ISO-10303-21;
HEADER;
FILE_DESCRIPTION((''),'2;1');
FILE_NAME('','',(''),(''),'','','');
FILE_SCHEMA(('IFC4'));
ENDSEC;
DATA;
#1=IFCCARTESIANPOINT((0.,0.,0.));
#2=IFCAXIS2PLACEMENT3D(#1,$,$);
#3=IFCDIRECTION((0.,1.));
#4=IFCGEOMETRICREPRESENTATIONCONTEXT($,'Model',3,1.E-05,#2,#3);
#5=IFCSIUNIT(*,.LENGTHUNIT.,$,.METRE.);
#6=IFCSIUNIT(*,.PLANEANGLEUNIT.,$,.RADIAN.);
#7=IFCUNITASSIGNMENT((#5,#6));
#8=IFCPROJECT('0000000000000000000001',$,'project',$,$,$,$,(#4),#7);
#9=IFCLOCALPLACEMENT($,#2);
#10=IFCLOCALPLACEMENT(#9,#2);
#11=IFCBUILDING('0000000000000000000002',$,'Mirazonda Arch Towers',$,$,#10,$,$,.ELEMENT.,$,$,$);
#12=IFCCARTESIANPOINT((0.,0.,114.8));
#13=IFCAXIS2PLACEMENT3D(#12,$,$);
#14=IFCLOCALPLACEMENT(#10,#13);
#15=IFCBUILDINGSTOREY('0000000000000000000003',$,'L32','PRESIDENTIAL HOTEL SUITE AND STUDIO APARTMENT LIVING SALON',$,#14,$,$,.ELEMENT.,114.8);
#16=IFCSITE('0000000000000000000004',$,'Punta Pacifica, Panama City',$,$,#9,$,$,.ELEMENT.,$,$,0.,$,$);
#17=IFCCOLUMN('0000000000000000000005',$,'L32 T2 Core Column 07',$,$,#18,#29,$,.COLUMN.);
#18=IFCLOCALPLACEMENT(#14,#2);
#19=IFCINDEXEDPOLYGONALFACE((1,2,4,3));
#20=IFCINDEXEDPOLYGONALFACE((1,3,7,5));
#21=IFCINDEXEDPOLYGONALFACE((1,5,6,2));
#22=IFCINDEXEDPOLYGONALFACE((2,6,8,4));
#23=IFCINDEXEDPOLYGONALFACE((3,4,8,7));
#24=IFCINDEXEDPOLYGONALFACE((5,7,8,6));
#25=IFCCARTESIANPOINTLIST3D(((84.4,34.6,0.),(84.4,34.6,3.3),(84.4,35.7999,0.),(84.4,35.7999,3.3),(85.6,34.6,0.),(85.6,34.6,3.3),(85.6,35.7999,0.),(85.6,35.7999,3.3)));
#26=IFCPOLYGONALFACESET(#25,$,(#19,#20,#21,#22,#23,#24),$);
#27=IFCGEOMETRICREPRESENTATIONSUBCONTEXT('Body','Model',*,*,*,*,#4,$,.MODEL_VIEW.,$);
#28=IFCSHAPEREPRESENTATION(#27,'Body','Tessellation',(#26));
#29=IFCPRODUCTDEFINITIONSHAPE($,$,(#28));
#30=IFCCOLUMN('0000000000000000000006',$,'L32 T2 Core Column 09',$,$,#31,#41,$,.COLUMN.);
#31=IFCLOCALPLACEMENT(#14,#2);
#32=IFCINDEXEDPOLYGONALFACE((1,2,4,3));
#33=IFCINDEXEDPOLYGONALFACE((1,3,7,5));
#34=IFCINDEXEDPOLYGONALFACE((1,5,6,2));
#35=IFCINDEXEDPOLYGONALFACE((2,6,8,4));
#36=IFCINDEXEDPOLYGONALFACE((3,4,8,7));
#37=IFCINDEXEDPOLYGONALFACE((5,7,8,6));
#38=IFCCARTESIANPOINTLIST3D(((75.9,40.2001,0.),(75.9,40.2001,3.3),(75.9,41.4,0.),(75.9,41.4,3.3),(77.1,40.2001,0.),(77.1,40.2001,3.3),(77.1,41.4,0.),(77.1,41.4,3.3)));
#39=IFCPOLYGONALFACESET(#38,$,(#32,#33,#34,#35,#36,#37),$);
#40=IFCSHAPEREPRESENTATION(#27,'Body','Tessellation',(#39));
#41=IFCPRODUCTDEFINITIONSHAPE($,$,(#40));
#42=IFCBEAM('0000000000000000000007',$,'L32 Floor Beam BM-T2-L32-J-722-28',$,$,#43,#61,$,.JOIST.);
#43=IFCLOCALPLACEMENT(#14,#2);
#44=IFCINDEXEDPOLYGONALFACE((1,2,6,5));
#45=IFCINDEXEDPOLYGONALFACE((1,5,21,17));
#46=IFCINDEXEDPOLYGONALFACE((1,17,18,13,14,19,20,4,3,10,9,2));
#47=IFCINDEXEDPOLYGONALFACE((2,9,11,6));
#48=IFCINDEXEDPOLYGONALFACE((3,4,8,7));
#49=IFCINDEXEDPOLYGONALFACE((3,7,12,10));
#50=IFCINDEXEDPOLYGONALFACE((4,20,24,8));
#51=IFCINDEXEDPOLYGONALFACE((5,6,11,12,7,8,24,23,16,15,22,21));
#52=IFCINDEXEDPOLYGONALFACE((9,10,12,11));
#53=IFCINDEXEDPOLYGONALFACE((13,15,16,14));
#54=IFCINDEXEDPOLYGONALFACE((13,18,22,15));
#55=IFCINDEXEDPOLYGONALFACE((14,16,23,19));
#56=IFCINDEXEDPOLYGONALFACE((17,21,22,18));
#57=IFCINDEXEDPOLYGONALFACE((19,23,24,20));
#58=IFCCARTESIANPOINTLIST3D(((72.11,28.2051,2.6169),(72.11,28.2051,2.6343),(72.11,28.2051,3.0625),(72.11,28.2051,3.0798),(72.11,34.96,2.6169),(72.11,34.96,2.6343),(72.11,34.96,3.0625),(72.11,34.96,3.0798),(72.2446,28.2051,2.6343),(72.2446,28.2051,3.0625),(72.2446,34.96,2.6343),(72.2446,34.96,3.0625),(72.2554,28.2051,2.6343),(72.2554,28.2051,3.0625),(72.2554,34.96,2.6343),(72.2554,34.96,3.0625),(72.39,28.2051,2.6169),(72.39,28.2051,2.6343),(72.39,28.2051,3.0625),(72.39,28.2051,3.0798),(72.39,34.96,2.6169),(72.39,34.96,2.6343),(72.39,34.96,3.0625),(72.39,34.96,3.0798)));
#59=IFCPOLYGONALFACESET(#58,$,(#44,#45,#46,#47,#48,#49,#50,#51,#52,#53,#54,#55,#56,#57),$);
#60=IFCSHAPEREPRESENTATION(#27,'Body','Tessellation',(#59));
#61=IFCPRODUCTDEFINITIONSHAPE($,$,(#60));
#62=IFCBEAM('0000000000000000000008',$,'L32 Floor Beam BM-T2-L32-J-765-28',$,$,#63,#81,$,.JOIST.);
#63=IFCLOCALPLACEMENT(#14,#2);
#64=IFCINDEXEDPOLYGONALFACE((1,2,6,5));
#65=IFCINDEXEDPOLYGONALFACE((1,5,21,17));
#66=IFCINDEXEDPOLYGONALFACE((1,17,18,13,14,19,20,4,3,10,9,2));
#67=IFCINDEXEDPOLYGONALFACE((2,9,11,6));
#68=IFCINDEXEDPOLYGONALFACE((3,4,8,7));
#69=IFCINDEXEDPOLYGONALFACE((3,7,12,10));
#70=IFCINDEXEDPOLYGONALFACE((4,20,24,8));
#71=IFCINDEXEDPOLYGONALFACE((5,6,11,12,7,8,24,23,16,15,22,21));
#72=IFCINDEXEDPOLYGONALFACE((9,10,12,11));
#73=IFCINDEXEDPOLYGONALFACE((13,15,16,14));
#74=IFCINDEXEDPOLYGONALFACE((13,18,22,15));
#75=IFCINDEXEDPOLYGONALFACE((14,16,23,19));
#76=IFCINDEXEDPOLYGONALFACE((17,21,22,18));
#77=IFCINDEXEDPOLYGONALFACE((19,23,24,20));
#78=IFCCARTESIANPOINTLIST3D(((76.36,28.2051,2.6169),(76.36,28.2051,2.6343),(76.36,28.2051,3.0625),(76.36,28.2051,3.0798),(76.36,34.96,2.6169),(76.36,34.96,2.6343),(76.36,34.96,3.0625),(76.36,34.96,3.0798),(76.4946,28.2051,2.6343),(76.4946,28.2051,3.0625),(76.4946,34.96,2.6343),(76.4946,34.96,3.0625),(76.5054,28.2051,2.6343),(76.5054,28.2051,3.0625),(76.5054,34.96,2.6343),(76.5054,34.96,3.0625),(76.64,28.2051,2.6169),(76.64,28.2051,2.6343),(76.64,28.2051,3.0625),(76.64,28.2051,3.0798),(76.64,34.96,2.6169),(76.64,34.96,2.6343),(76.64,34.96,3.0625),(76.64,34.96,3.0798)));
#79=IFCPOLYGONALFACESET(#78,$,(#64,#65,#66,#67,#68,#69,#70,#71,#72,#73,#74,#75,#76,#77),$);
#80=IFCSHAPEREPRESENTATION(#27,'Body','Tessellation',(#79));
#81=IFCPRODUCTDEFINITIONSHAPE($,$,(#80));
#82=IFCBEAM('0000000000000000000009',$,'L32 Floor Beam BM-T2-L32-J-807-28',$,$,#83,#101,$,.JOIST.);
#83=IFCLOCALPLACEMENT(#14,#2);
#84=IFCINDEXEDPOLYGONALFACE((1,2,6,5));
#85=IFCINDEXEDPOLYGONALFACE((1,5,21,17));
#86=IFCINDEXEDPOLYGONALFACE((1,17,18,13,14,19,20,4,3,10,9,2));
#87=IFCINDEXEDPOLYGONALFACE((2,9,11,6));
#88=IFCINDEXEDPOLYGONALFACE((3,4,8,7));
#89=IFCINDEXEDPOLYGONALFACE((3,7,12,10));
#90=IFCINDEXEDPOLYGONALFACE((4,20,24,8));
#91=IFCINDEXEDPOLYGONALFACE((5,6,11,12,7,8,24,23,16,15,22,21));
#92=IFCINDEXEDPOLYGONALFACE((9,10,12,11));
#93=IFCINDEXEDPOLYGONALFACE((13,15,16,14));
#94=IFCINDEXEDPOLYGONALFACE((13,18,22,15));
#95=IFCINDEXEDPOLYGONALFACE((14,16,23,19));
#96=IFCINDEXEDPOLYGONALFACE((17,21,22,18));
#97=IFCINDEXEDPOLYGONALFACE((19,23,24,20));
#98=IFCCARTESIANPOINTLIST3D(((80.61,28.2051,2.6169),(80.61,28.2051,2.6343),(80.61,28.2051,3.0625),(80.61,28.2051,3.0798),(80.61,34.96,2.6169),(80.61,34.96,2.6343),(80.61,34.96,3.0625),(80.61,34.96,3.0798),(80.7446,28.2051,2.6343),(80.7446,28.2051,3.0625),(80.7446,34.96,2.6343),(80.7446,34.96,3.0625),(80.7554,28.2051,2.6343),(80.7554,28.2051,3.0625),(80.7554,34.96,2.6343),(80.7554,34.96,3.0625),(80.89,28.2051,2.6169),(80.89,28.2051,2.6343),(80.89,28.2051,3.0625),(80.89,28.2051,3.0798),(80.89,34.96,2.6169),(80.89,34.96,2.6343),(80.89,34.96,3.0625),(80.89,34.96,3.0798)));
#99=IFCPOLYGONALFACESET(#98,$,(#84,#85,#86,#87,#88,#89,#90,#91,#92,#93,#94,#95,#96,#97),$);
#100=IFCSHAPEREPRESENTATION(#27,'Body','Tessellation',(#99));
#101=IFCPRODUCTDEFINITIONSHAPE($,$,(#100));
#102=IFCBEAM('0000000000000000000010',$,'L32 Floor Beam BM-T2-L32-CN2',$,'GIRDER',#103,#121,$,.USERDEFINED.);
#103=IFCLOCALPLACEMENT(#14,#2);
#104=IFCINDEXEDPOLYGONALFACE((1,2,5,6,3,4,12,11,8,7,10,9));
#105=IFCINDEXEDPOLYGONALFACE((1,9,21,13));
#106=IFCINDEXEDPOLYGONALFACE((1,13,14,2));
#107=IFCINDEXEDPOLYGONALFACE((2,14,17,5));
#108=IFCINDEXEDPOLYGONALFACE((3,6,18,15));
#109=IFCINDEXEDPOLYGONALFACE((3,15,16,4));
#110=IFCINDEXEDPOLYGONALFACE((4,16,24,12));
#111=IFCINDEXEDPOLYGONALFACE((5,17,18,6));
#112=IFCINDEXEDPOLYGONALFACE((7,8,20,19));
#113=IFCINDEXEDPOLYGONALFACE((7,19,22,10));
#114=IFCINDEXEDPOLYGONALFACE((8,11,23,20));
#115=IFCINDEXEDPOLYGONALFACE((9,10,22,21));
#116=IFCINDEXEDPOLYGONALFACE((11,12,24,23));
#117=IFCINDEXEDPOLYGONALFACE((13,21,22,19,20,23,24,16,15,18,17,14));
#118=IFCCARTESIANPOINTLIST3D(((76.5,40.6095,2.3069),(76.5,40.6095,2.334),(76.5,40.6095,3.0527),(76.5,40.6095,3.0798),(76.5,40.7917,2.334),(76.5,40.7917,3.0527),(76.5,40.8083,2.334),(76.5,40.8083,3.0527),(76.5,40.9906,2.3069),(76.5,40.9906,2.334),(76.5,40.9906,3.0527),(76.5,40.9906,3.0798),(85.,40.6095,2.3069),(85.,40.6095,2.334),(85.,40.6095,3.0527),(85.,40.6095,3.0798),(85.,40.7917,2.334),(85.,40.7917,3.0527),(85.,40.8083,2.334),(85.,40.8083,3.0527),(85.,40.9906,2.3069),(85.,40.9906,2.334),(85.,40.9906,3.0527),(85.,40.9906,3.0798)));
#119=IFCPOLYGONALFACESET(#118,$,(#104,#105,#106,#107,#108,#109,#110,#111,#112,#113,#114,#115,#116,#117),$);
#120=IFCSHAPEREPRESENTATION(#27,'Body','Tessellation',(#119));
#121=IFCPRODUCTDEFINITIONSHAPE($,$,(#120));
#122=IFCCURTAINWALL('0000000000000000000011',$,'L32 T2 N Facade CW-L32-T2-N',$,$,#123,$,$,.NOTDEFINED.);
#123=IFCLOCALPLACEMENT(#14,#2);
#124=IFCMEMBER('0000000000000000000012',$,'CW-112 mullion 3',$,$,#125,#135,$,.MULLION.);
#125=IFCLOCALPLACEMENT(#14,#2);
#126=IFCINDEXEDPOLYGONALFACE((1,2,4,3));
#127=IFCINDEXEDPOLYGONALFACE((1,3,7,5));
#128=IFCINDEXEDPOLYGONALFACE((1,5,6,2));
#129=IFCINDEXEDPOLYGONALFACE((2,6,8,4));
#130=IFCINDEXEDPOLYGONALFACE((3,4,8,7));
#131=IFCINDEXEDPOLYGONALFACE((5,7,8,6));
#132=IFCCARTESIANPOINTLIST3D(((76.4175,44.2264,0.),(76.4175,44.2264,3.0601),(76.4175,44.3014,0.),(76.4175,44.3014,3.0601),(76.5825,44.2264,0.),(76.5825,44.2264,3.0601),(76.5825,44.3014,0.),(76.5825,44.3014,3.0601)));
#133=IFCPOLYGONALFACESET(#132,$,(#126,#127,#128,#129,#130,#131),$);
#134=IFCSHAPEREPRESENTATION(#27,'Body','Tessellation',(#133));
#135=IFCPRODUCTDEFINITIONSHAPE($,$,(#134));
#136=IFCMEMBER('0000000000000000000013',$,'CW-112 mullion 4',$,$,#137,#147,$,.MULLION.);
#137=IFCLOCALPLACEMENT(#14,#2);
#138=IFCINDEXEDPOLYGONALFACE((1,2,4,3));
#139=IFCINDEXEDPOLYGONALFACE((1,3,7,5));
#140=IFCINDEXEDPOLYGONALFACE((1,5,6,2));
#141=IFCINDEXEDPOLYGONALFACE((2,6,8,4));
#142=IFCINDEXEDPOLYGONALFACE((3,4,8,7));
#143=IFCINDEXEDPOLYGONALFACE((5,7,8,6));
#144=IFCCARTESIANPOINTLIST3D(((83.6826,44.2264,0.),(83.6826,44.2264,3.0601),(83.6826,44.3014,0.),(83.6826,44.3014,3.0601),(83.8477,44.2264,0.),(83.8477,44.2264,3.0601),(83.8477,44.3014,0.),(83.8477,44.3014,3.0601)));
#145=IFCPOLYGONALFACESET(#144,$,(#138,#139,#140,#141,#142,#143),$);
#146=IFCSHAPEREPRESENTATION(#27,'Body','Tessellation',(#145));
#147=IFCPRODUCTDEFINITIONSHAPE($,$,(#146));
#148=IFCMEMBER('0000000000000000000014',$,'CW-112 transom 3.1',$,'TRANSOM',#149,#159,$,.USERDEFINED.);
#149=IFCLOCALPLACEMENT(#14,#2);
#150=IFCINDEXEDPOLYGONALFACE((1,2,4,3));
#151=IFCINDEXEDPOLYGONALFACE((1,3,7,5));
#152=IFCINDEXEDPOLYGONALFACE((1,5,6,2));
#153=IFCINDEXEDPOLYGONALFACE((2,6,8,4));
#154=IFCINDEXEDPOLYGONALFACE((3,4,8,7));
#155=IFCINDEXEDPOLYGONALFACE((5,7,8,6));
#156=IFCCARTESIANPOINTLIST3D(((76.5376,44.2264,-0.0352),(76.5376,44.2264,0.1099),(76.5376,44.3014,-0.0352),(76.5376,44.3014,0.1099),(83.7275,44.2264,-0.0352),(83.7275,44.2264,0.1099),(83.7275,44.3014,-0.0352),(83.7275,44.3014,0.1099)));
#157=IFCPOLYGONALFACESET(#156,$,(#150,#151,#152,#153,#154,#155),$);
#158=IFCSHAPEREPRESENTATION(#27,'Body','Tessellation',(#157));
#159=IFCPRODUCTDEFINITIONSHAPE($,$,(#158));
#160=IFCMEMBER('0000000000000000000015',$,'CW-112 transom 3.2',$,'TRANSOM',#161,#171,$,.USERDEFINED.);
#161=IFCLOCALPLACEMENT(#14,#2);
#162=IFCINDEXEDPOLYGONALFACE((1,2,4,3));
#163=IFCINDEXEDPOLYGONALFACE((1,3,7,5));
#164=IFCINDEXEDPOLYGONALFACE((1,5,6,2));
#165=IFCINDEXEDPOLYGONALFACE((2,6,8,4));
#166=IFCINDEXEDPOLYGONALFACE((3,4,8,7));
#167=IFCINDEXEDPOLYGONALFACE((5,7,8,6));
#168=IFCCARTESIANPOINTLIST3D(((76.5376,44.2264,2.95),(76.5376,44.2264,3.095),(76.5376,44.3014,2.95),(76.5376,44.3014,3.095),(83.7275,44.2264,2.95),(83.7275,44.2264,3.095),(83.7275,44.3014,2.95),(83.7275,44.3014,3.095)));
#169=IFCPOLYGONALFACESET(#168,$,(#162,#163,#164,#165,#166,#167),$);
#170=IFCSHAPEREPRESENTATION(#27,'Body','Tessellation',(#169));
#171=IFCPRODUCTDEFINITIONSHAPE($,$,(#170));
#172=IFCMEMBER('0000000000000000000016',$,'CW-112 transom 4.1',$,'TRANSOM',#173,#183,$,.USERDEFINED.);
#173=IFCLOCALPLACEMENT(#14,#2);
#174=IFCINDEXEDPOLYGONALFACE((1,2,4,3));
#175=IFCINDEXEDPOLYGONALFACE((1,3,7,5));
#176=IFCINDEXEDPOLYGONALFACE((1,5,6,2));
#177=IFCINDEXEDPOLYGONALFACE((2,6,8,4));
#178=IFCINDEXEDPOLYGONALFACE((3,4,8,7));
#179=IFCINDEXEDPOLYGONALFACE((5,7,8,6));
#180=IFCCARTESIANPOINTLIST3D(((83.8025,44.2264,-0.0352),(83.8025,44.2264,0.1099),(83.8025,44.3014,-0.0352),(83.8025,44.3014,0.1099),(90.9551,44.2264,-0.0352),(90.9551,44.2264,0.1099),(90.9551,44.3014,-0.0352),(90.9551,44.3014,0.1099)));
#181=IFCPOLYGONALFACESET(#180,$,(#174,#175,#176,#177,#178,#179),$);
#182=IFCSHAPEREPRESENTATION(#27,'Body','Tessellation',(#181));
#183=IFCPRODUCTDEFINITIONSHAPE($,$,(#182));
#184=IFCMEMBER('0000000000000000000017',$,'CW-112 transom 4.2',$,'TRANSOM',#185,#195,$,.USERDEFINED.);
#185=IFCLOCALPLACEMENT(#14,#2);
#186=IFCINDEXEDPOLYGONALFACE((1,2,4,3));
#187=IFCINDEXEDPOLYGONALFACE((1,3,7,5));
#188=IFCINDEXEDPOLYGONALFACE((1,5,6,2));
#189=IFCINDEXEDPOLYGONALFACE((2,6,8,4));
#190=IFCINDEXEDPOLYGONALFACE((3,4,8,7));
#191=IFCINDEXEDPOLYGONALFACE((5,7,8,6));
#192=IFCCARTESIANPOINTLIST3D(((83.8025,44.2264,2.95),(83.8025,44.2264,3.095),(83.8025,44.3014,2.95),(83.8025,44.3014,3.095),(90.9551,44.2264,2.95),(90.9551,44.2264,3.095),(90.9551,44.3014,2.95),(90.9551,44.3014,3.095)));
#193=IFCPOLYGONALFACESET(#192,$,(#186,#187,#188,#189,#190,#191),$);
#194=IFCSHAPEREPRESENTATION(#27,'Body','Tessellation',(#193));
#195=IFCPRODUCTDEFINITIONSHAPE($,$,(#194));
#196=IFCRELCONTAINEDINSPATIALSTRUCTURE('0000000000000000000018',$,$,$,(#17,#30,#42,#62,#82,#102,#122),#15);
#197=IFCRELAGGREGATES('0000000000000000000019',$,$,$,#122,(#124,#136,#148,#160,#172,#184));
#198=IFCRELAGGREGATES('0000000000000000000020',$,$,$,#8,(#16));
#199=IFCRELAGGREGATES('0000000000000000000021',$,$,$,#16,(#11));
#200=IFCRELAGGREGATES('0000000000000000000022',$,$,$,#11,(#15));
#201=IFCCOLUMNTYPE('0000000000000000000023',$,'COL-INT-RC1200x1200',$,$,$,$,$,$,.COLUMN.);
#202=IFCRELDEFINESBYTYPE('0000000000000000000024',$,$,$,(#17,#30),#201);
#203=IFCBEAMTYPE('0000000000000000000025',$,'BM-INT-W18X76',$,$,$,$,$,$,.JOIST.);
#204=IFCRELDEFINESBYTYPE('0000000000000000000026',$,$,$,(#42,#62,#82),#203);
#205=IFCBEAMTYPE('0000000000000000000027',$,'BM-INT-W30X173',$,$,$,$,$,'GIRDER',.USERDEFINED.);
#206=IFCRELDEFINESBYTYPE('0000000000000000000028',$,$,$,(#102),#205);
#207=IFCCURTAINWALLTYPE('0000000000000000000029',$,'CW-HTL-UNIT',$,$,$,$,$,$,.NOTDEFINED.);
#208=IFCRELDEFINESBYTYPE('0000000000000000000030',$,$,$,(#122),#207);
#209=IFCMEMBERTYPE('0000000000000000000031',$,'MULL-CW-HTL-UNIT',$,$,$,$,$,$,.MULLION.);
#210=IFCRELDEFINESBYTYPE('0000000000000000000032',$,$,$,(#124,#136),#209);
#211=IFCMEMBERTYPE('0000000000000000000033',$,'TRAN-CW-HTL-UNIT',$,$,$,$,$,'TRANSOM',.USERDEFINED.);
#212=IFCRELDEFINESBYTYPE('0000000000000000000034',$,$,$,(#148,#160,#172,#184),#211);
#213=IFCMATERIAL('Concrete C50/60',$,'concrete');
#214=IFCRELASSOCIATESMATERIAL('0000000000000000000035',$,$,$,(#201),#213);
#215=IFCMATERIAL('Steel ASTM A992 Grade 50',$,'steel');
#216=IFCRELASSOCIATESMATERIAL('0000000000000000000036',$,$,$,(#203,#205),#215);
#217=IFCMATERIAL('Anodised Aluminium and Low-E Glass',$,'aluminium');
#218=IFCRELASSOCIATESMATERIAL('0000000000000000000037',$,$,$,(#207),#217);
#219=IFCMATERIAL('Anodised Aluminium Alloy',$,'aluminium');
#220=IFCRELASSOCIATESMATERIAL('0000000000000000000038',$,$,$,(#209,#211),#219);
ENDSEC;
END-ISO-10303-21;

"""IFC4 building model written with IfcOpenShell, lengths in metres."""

from ifc_helpers import new_model, si_unit, direction, frame, origin, origin_2d, place, context, subcontext, project, spatial, rectangle, i_section, extrude, material, material_profile, profile_set, type_object, element, aggregate, save


model = new_model("IFC4")

# Units and contexts
model_context = context("Model", 3, precision=1e-05, world=origin(), true_north=direction((0.0, 1.0)))
body_context = subcontext(model_context, "Body", "Model", "MODEL_VIEW")
ifc_project = project(units=[si_unit("LENGTHUNIT", "METRE"), si_unit("PLANEANGLEUNIT", "RADIAN")], contexts=[model_context])

# Site, building, storey
site_placement = place(None, origin())
site = spatial("IfcSite", under=ifc_project, at=site_placement, Name="Punta Pacifica, Panama City", CompositionType="ELEMENT", RefElevation=0.0)
building_placement = place(site_placement, origin())
building = spatial("IfcBuilding", under=site, at=building_placement, Name="Mirazonda Arch Towers", CompositionType="ELEMENT")
storey_placement = place(building_placement, frame((0.0, 0.0, 114.8)))
storey = spatial("IfcBuildingStorey", under=building, at=storey_placement, Name="L32", Description="PRESIDENTIAL HOTEL SUITE AND STUDIO APARTMENT LIVING SALON", CompositionType="ELEMENT", Elevation=114.8)

# Columns
ifc_material_1 = material(Name="Concrete C50/60", Category="concrete")
ifc_material_profile_1 = material_profile(ifc_material_1, rectangle(XDim=1.2, YDim=1.2, at=origin_2d()), Name="RC1200x1200")
ifc_profile_set_1 = profile_set([ifc_material_profile_1], Name="Concrete C50/60")
column_type = type_object("IfcColumnType", Name="COL-INT-RC1200x1200", PredefinedType="COLUMN", material=ifc_profile_set_1)
for number, where, z_axis, x_axis, name in (
    (1, (85.0, 35.2, 0.0), (0.0, 0.0, 1.0), (1.0, 0.0, 0.0), "L32 T2 Core Column 07"),
    (2, (76.5, 40.8, 0.0), (0.0, 0.0, 1.0), (1.0, 0.0, 0.0), "L32 T2 Core Column 09"),
):
    element("IfcColumn", number, at=place(storey_placement, frame(where, z_axis=z_axis, x_axis=x_axis)), inside=storey, type_object=column_type, Name=name, PredefinedType="COLUMN", context=body_context, shape_type="SweptSolid", body=[
        extrude(rectangle(XDim=1.2, YDim=1.2, at=origin_2d()), origin(), (0.0, 0.0, 1.0), 3.3),
    ])

# Beams
ifc_material_2 = material(Name="Steel ASTM A992 Grade 50", Category="steel")
ifc_material_profile_2 = material_profile(ifc_material_2, i_section(OverallWidth=0.28, OverallDepth=0.4629, WebThickness=0.0107, FlangeThickness=0.0173, at=origin_2d()), Name="W18X76")
ifc_profile_set_2 = profile_set([ifc_material_profile_2], Name="Steel ASTM A992 Grade 50")
beam_type_1 = type_object("IfcBeamType", Name="BM-INT-W18X76", PredefinedType="JOIST", material=ifc_profile_set_2)
for number, where, z_axis, x_axis, name in (
    (3, (72.25, 28.2051, 2.8484), (0.0, 1.0, 0.0), (-1.0, 0.0, 0.0), "L32 Floor Beam BM-T2-L32-J-722-28"),
    (4, (76.5, 28.2051, 2.8484), (0.0, 1.0, 0.0), (-1.0, 0.0, 0.0), "L32 Floor Beam BM-T2-L32-J-765-28"),
    (5, (80.75, 28.2051, 2.8484), (0.0, 1.0, 0.0), (-1.0, 0.0, 0.0), "L32 Floor Beam BM-T2-L32-J-807-28"),
):
    element("IfcBeam", number, at=place(storey_placement, frame(where, z_axis=z_axis, x_axis=x_axis)), inside=storey, type_object=beam_type_1, Name=name, PredefinedType="JOIST", context=body_context, shape_type="SweptSolid", body=[
        extrude(i_section(OverallWidth=0.28, OverallDepth=0.4629, WebThickness=0.0107, FlangeThickness=0.0173, at=origin_2d()), origin(), (0.0, 0.0, 1.0), 6.7549),
    ])
ifc_material_profile_3 = material_profile(ifc_material_2, i_section(OverallWidth=0.3811, OverallDepth=0.7729, WebThickness=0.0166, FlangeThickness=0.0271, at=origin_2d()), Name="W30X173")
ifc_profile_set_3 = profile_set([ifc_material_profile_3], Name="Steel ASTM A992 Grade 50")
beam_type_2 = type_object("IfcBeamType", Name="BM-INT-W30X173", ElementType="GIRDER", PredefinedType="USERDEFINED", material=ifc_profile_set_3)
beam_placement = place(storey_placement, frame((76.5, 40.8, 2.6934), z_axis=(1.0, 0.0, 0.0), x_axis=(0.0, 1.0, 0.0)))
element("IfcBeam", 6, at=beam_placement, inside=storey, type_object=beam_type_2, Name="L32 Floor Beam BM-T2-L32-CN2", ObjectType="GIRDER", PredefinedType="USERDEFINED", context=body_context, shape_type="SweptSolid", body=[
    extrude(i_section(OverallWidth=0.3811, OverallDepth=0.7729, WebThickness=0.0166, FlangeThickness=0.0271, at=origin_2d()), origin(), (0.0, 0.0, 1.0), 8.5),
])

# Curtain wall, members
ifc_material_3 = material(Name="Anodised Aluminium and Low-E Glass", Category="aluminium")
curtain_wall_type = type_object("IfcCurtainWallType", Name="CW-HTL-UNIT", PredefinedType="NOTDEFINED", material=ifc_material_3)
curtain_wall_placement = place(storey_placement, origin())
curtain_wall = element("IfcCurtainWall", 7, at=curtain_wall_placement, inside=storey, type_object=curtain_wall_type, Name="L32 T2 N Facade CW-L32-T2-N", PredefinedType="NOTDEFINED")
ifc_material_4 = material(Name="Anodised Aluminium Alloy", Category="aluminium")
ifc_material_profile_4 = material_profile(ifc_material_4, rectangle(XDim=0.075, YDim=0.165, at=origin_2d()), Name="ALU-MULL-75x165")
ifc_profile_set_4 = profile_set([ifc_material_profile_4], Name="Anodised Aluminium Alloy")
member_type_1 = type_object("IfcMemberType", Name="MULL-CW-HTL-UNIT", PredefinedType="MULLION", material=ifc_profile_set_4)
member_1_placement = place(storey_placement, frame((76.5, 44.2639, 0.0), z_axis=(0.0, 0.0, 1.0), x_axis=(0.0, 1.0, 0.0)))
member_1 = element("IfcMember", 8, at=member_1_placement, type_object=member_type_1, Name="CW-112 mullion 3", PredefinedType="MULLION", context=body_context, shape_type="SweptSolid", body=[
    extrude(rectangle(XDim=0.075, YDim=0.165, at=origin_2d()), origin(), (0.0, 0.0, 1.0), 3.0601),
])
member_2_placement = place(storey_placement, frame((83.7651, 44.2639, 0.0), z_axis=(0.0, 0.0, 1.0), x_axis=(0.0, 1.0, 0.0)))
member_2 = element("IfcMember", 9, at=member_2_placement, type_object=member_type_1, Name="CW-112 mullion 4", PredefinedType="MULLION", context=body_context, shape_type="SweptSolid", body=[
    extrude(rectangle(XDim=0.075, YDim=0.165, at=origin_2d()), origin(), (0.0, 0.0, 1.0), 3.0601),
])
ifc_material_profile_5 = material_profile(ifc_material_4, rectangle(XDim=0.075, YDim=0.145, at=origin_2d()), Name="ALU-TRAN-75x145")
ifc_profile_set_5 = profile_set([ifc_material_profile_5], Name="Anodised Aluminium Alloy")
member_type_2 = type_object("IfcMemberType", Name="TRAN-CW-HTL-UNIT", ElementType="TRANSOM", PredefinedType="USERDEFINED", material=ifc_profile_set_5)
member_3_placement = place(storey_placement, frame((76.5376, 44.2639, 0.0374), z_axis=(1.0, 0.0, 0.0), x_axis=(0.0, 1.0, 0.0)))
member_3 = element("IfcMember", 10, at=member_3_placement, type_object=member_type_2, Name="CW-112 transom 3.1", ObjectType="TRANSOM", PredefinedType="USERDEFINED", context=body_context, shape_type="SweptSolid", body=[
    extrude(rectangle(XDim=0.075, YDim=0.145, at=origin_2d()), origin(), (0.0, 0.0, 1.0), 7.1899),
])
member_4_placement = place(storey_placement, frame((76.5376, 44.2639, 3.0225), z_axis=(1.0, 0.0, 0.0), x_axis=(0.0, 1.0, 0.0)))
member_4 = element("IfcMember", 11, at=member_4_placement, type_object=member_type_2, Name="CW-112 transom 3.2", ObjectType="TRANSOM", PredefinedType="USERDEFINED", context=body_context, shape_type="SweptSolid", body=[
    extrude(rectangle(XDim=0.075, YDim=0.145, at=origin_2d()), origin(), (0.0, 0.0, 1.0), 7.1899),
])
member_5_placement = place(storey_placement, frame((83.8025, 44.2639, 0.0374), z_axis=(1.0, 0.0, 0.0), x_axis=(0.0, 1.0, 0.0)))
member_5 = element("IfcMember", 12, at=member_5_placement, type_object=member_type_2, Name="CW-112 transom 4.1", ObjectType="TRANSOM", PredefinedType="USERDEFINED", context=body_context, shape_type="SweptSolid", body=[
    extrude(rectangle(XDim=0.075, YDim=0.145, at=origin_2d()), origin(), (0.0, 0.0, 1.0), 7.1526),
])
member_6_placement = place(storey_placement, frame((83.8025, 44.2639, 3.0225), z_axis=(1.0, 0.0, 0.0), x_axis=(0.0, 1.0, 0.0)))
member_6 = element("IfcMember", 13, at=member_6_placement, type_object=member_type_2, Name="CW-112 transom 4.2", ObjectType="TRANSOM", PredefinedType="USERDEFINED", context=body_context, shape_type="SweptSolid", body=[
    extrude(rectangle(XDim=0.075, YDim=0.145, at=origin_2d()), origin(), (0.0, 0.0, 1.0), 7.1526),
])
aggregate(curtain_wall, [member_1, member_2, member_3, member_4, member_5, member_6])

save(model, "model.ifc")
